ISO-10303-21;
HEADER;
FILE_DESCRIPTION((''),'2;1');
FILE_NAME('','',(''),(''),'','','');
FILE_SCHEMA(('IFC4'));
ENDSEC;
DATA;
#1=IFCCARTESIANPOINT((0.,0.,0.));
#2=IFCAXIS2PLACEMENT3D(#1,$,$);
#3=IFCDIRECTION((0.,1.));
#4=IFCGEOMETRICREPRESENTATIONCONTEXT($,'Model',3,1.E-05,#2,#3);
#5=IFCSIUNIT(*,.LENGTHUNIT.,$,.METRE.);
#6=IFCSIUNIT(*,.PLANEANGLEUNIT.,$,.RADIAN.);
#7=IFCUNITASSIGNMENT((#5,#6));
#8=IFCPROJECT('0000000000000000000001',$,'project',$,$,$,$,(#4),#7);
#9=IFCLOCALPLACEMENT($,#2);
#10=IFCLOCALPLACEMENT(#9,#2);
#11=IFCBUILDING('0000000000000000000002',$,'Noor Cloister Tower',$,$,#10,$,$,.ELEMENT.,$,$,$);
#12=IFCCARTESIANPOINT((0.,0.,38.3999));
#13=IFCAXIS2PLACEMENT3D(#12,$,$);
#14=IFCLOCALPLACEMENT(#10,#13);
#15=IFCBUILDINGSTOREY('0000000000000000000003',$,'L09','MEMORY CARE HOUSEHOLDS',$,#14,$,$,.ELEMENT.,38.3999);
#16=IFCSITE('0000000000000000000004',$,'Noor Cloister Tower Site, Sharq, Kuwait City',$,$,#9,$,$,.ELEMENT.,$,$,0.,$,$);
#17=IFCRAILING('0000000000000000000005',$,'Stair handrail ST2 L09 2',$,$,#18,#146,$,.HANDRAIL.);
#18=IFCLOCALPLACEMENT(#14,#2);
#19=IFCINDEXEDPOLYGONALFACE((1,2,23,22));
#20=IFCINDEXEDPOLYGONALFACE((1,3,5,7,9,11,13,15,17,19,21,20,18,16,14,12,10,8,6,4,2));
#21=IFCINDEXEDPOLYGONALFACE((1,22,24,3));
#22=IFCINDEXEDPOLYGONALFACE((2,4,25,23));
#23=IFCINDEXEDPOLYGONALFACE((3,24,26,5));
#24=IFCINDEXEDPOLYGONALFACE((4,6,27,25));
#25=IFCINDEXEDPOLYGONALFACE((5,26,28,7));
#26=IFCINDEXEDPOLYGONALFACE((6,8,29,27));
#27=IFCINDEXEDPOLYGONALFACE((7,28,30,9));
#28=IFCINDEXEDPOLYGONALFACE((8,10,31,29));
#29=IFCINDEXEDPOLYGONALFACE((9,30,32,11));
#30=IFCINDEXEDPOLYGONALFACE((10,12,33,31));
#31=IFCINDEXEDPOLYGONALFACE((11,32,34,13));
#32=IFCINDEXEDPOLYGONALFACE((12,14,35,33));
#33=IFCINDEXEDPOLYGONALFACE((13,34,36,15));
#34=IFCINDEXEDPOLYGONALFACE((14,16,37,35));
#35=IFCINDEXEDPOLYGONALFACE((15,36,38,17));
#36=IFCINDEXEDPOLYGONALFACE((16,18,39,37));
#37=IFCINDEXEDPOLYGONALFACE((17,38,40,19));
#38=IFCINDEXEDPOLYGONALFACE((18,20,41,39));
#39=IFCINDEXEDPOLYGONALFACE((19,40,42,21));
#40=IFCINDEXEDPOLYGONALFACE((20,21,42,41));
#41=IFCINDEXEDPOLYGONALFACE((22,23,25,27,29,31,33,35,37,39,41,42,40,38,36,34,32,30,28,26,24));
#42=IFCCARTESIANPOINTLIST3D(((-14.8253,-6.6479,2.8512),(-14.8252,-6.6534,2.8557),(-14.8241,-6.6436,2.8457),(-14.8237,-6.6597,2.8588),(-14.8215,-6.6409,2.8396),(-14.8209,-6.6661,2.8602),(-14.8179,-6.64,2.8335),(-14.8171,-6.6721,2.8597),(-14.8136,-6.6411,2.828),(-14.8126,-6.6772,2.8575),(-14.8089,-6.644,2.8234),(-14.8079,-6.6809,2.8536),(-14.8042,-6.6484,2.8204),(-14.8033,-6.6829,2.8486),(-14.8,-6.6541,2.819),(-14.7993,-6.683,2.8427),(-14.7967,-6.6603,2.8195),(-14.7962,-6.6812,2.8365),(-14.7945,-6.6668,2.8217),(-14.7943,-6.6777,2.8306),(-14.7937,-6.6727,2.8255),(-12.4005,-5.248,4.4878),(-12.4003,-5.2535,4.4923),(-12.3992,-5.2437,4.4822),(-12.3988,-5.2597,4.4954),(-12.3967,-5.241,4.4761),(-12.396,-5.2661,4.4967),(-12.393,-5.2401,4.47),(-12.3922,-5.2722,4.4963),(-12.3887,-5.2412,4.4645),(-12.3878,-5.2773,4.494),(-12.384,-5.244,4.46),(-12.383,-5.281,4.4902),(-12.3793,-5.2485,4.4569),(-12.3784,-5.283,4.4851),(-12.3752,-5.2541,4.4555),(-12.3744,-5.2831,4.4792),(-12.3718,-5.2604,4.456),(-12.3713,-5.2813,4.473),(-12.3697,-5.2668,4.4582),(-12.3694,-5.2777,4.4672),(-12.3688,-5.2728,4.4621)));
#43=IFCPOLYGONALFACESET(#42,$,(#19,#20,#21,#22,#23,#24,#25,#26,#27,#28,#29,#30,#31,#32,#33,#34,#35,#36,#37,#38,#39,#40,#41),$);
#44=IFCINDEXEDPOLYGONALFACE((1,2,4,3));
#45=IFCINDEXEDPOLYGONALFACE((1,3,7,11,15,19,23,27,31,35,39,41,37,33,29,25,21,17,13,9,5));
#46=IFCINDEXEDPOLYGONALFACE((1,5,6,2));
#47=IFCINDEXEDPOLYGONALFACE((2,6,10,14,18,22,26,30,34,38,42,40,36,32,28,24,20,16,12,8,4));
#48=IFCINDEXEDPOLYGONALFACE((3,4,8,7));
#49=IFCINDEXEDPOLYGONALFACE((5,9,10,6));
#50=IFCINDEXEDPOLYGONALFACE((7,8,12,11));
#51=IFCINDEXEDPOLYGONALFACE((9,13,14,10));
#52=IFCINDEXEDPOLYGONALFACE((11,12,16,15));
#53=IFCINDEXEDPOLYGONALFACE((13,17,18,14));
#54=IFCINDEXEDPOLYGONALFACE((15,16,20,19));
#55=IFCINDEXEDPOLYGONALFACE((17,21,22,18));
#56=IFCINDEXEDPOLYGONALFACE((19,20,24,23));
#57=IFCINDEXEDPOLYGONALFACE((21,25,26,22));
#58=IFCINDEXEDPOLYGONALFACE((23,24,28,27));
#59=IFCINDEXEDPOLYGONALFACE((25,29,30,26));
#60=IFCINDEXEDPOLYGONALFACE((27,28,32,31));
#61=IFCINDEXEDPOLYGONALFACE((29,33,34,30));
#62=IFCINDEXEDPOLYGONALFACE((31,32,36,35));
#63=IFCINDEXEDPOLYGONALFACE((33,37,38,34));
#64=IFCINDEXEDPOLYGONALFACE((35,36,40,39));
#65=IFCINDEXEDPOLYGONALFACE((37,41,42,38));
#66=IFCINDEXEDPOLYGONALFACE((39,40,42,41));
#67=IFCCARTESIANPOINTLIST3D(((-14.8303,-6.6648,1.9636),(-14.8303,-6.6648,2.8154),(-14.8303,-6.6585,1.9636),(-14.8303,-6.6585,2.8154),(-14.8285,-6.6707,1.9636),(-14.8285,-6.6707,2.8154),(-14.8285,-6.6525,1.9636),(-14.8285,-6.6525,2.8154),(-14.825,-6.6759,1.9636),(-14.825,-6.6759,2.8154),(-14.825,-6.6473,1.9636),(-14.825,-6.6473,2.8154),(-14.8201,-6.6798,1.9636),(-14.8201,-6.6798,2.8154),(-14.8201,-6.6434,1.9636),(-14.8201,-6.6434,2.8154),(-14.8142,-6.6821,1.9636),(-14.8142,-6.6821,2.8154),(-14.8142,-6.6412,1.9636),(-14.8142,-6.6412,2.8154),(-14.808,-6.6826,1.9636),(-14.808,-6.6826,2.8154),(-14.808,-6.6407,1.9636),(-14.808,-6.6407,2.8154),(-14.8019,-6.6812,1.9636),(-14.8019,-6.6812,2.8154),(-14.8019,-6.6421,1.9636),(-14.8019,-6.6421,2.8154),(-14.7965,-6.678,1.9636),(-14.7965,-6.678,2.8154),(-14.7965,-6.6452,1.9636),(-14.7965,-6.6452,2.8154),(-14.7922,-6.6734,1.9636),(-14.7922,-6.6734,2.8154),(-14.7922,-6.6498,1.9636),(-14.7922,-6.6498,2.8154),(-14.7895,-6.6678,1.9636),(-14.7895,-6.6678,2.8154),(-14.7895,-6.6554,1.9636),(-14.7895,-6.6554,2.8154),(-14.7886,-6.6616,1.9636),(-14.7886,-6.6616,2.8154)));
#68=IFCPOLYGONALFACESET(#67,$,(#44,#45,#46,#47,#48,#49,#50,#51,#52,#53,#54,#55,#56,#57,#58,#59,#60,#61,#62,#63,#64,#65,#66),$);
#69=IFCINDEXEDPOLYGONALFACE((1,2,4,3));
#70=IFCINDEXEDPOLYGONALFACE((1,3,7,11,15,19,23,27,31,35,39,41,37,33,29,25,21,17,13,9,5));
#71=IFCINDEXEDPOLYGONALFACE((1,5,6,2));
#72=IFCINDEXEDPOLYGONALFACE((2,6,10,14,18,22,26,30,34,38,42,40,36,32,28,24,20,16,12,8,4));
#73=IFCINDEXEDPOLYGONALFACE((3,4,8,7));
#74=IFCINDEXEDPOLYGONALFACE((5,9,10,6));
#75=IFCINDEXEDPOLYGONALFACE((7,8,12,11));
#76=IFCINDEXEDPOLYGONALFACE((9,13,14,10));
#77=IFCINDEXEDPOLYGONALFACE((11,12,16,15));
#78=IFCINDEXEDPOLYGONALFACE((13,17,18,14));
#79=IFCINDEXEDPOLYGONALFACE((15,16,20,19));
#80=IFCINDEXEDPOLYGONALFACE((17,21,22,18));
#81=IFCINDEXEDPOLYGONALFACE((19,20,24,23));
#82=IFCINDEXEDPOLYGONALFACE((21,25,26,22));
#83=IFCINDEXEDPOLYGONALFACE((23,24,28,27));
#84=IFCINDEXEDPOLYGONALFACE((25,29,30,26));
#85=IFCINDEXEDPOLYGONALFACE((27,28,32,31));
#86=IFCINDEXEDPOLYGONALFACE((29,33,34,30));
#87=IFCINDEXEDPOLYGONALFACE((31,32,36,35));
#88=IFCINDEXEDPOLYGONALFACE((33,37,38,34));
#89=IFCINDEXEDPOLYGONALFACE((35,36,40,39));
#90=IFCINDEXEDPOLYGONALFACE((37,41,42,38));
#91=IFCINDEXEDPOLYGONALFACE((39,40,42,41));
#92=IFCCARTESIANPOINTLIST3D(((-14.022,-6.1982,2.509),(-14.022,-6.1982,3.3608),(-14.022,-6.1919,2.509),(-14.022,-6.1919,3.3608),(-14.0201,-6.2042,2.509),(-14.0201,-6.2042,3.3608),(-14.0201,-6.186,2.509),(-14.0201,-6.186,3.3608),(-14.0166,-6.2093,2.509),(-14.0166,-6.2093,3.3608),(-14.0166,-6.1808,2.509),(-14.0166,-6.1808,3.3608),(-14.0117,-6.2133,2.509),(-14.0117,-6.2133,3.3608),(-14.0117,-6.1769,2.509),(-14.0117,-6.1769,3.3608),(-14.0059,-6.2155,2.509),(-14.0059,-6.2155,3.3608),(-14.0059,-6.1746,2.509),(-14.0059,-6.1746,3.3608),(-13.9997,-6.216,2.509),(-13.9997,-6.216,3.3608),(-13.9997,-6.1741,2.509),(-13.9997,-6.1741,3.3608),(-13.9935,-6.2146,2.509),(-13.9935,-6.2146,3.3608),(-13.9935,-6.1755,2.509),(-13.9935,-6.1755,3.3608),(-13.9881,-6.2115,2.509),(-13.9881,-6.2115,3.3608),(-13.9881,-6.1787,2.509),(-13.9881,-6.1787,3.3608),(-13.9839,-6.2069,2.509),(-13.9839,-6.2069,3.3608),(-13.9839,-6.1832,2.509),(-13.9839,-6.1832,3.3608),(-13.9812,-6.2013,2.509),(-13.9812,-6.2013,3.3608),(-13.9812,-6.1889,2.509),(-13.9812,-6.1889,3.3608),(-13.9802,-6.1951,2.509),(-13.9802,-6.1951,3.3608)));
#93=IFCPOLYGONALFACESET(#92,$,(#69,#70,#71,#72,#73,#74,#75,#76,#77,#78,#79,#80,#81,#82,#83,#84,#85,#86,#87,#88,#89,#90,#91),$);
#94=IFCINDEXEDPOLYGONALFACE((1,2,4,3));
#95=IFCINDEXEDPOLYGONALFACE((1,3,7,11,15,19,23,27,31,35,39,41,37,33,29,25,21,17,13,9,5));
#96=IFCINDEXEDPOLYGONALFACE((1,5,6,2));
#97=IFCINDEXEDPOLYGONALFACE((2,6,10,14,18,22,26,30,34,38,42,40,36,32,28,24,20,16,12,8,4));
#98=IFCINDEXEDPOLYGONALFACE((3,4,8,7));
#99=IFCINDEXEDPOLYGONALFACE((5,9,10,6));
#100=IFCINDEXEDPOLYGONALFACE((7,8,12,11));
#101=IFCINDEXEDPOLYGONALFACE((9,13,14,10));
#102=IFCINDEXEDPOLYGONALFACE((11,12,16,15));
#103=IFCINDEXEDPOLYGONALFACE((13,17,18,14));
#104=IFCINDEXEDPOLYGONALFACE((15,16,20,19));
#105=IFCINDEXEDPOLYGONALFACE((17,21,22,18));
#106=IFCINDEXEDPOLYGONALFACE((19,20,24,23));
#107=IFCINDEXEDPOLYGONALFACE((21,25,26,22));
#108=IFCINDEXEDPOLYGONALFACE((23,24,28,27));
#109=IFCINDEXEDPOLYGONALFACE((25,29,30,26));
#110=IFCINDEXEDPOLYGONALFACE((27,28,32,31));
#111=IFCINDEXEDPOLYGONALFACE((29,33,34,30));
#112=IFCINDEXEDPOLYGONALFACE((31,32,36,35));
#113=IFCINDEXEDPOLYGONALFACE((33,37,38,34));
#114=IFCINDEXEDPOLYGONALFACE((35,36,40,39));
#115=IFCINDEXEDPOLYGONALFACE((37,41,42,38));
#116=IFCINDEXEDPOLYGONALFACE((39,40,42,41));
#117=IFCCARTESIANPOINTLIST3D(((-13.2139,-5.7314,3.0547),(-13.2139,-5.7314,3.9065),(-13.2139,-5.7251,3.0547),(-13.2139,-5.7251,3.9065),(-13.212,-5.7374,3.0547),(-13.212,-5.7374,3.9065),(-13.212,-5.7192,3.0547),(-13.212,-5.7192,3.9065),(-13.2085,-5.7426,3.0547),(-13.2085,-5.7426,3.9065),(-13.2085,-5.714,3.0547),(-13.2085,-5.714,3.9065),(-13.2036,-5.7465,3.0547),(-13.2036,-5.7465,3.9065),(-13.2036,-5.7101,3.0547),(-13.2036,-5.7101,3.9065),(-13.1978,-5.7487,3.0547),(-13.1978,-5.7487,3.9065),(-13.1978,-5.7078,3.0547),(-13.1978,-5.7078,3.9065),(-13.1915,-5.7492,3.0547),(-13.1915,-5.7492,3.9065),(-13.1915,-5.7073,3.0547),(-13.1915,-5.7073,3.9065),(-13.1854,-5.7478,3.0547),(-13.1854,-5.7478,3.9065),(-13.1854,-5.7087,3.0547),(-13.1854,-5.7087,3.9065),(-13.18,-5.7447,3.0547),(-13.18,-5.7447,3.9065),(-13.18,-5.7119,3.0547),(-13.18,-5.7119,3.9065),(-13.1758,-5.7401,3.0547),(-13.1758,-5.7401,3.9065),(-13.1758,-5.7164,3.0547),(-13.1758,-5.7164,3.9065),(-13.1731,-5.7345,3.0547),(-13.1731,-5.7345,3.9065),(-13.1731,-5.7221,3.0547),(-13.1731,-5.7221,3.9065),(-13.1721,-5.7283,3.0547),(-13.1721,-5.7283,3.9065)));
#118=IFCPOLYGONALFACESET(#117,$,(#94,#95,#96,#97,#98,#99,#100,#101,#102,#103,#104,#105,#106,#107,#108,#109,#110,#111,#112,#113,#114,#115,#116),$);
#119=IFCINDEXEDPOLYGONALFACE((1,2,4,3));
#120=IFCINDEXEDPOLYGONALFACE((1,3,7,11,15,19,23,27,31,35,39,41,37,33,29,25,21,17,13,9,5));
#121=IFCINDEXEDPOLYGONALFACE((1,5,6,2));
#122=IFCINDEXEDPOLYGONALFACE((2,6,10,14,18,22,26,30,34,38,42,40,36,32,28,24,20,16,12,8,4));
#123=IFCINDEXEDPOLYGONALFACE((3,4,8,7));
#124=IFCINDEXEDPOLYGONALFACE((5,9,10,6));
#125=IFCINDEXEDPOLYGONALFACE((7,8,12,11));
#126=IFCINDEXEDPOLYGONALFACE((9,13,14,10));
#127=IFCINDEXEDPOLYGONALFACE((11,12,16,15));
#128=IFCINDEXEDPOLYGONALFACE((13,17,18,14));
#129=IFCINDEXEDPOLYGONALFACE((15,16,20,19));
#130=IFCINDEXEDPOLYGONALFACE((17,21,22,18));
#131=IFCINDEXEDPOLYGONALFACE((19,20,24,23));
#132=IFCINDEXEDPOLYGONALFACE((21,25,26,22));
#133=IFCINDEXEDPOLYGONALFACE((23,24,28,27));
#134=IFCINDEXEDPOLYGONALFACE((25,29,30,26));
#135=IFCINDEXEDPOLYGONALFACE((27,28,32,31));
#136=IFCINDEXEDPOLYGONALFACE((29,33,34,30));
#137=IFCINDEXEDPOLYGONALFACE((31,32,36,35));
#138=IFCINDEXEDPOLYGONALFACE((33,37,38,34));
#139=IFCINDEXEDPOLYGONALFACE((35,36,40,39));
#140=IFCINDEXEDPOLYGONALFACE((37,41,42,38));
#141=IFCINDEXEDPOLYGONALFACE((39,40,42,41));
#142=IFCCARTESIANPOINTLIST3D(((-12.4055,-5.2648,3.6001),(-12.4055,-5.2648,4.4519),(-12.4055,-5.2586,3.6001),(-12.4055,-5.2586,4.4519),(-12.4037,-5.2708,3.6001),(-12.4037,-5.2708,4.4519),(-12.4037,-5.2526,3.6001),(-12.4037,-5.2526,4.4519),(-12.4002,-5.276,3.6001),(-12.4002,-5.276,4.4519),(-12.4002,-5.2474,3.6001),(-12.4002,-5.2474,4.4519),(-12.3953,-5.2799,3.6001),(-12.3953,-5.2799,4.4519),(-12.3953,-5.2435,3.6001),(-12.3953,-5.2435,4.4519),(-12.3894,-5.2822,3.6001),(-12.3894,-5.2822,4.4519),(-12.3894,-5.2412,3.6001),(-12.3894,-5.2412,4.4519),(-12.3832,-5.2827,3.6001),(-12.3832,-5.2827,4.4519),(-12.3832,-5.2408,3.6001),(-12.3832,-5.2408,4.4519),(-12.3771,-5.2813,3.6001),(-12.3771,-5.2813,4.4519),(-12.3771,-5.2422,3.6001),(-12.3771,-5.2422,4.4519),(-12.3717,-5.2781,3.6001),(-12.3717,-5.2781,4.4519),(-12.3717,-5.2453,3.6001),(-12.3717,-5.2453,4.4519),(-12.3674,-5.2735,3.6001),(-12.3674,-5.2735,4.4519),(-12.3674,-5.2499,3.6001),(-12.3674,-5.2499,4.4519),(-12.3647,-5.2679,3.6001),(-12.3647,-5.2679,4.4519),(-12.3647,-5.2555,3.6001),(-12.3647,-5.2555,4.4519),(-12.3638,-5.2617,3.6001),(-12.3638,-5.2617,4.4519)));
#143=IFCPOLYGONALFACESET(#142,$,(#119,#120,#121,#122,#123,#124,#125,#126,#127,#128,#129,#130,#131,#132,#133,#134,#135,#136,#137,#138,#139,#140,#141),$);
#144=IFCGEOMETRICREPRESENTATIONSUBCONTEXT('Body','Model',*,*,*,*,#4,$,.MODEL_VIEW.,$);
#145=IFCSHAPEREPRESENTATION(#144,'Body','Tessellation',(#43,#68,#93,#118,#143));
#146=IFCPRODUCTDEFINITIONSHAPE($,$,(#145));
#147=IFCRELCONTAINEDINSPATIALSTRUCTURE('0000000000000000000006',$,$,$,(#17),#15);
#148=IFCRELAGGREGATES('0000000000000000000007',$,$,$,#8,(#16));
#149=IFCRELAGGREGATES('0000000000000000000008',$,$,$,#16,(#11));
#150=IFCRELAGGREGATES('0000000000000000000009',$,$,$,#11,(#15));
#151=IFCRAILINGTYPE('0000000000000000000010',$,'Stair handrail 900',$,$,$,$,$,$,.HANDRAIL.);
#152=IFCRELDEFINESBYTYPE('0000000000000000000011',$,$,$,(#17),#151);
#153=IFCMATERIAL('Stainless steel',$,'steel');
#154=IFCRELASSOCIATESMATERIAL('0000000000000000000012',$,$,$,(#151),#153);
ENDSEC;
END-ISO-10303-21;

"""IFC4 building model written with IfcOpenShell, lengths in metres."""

from ifc_helpers import new_model, si_unit, direction, frame, origin, origin_2d, place, context, subcontext, project, spatial, circle, extrude, material, type_object, element, save


model = new_model("IFC4")

# Units and contexts
model_context = context("Model", 3, precision=1e-05, world=origin(), true_north=direction((0.0, 1.0)))
body_context = subcontext(model_context, "Body", "Model", "MODEL_VIEW")
ifc_project = project(units=[si_unit("LENGTHUNIT", "METRE"), si_unit("PLANEANGLEUNIT", "RADIAN")], contexts=[model_context])

# Site, building, storey
site_placement = place(None, origin())
site = spatial("IfcSite", under=ifc_project, at=site_placement, Name="Noor Cloister Tower Site, Sharq, Kuwait City", CompositionType="ELEMENT", RefElevation=0.0)
building_placement = place(site_placement, origin())
building = spatial("IfcBuilding", under=site, at=building_placement, Name="Noor Cloister Tower", CompositionType="ELEMENT")
storey_placement = place(building_placement, frame((0.0, 0.0, 38.3999)))
storey = spatial("IfcBuildingStorey", under=building, at=storey_placement, Name="L09", Description="MEMORY CARE HOUSEHOLDS", CompositionType="ELEMENT", Elevation=38.3999)

# Railing
ifc_material_1 = material(Name="Stainless steel", Category="steel")
railing_type = type_object("IfcRailingType", Name="Stair handrail 900", PredefinedType="HANDRAIL", material=ifc_material_1)
railing_1_placement = place(storey_placement, frame((-14.8096, -6.6616, 1.9636)))
element("IfcRailing", 1, at=railing_1_placement, inside=storey, type_object=railing_type, Name="Stair handrail ST2 L09 2", PredefinedType="HANDRAIL", context=body_context, shape_type="SweptSolid", body=[
    extrude(circle(Radius=0.0239, at=origin_2d()), frame((0.0, 0.0, 0.876), z_axis=(0.74769, 0.431661, 0.504608), x_axis=(-0.499984, 0.866035, 0.0)), (0.0, 0.0, 1.0), 3.2432),
    extrude(circle(Radius=0.021, at=origin_2d()), origin(), (0.0, 0.0, 1.0), 0.8518),
    extrude(circle(Radius=0.021, at=origin_2d()), frame((0.8083, 0.4666, 0.5454)), (0.0, 0.0, 1.0), 0.8518),
    extrude(circle(Radius=0.021, at=origin_2d()), frame((1.6165, 0.9333, 1.0911)), (0.0, 0.0, 1.0), 0.8518),
    extrude(circle(Radius=0.021, at=origin_2d()), frame((2.4248, 1.3999, 1.6365)), (0.0, 0.0, 1.0), 0.8518),
])

save(model, "model.ifc")
